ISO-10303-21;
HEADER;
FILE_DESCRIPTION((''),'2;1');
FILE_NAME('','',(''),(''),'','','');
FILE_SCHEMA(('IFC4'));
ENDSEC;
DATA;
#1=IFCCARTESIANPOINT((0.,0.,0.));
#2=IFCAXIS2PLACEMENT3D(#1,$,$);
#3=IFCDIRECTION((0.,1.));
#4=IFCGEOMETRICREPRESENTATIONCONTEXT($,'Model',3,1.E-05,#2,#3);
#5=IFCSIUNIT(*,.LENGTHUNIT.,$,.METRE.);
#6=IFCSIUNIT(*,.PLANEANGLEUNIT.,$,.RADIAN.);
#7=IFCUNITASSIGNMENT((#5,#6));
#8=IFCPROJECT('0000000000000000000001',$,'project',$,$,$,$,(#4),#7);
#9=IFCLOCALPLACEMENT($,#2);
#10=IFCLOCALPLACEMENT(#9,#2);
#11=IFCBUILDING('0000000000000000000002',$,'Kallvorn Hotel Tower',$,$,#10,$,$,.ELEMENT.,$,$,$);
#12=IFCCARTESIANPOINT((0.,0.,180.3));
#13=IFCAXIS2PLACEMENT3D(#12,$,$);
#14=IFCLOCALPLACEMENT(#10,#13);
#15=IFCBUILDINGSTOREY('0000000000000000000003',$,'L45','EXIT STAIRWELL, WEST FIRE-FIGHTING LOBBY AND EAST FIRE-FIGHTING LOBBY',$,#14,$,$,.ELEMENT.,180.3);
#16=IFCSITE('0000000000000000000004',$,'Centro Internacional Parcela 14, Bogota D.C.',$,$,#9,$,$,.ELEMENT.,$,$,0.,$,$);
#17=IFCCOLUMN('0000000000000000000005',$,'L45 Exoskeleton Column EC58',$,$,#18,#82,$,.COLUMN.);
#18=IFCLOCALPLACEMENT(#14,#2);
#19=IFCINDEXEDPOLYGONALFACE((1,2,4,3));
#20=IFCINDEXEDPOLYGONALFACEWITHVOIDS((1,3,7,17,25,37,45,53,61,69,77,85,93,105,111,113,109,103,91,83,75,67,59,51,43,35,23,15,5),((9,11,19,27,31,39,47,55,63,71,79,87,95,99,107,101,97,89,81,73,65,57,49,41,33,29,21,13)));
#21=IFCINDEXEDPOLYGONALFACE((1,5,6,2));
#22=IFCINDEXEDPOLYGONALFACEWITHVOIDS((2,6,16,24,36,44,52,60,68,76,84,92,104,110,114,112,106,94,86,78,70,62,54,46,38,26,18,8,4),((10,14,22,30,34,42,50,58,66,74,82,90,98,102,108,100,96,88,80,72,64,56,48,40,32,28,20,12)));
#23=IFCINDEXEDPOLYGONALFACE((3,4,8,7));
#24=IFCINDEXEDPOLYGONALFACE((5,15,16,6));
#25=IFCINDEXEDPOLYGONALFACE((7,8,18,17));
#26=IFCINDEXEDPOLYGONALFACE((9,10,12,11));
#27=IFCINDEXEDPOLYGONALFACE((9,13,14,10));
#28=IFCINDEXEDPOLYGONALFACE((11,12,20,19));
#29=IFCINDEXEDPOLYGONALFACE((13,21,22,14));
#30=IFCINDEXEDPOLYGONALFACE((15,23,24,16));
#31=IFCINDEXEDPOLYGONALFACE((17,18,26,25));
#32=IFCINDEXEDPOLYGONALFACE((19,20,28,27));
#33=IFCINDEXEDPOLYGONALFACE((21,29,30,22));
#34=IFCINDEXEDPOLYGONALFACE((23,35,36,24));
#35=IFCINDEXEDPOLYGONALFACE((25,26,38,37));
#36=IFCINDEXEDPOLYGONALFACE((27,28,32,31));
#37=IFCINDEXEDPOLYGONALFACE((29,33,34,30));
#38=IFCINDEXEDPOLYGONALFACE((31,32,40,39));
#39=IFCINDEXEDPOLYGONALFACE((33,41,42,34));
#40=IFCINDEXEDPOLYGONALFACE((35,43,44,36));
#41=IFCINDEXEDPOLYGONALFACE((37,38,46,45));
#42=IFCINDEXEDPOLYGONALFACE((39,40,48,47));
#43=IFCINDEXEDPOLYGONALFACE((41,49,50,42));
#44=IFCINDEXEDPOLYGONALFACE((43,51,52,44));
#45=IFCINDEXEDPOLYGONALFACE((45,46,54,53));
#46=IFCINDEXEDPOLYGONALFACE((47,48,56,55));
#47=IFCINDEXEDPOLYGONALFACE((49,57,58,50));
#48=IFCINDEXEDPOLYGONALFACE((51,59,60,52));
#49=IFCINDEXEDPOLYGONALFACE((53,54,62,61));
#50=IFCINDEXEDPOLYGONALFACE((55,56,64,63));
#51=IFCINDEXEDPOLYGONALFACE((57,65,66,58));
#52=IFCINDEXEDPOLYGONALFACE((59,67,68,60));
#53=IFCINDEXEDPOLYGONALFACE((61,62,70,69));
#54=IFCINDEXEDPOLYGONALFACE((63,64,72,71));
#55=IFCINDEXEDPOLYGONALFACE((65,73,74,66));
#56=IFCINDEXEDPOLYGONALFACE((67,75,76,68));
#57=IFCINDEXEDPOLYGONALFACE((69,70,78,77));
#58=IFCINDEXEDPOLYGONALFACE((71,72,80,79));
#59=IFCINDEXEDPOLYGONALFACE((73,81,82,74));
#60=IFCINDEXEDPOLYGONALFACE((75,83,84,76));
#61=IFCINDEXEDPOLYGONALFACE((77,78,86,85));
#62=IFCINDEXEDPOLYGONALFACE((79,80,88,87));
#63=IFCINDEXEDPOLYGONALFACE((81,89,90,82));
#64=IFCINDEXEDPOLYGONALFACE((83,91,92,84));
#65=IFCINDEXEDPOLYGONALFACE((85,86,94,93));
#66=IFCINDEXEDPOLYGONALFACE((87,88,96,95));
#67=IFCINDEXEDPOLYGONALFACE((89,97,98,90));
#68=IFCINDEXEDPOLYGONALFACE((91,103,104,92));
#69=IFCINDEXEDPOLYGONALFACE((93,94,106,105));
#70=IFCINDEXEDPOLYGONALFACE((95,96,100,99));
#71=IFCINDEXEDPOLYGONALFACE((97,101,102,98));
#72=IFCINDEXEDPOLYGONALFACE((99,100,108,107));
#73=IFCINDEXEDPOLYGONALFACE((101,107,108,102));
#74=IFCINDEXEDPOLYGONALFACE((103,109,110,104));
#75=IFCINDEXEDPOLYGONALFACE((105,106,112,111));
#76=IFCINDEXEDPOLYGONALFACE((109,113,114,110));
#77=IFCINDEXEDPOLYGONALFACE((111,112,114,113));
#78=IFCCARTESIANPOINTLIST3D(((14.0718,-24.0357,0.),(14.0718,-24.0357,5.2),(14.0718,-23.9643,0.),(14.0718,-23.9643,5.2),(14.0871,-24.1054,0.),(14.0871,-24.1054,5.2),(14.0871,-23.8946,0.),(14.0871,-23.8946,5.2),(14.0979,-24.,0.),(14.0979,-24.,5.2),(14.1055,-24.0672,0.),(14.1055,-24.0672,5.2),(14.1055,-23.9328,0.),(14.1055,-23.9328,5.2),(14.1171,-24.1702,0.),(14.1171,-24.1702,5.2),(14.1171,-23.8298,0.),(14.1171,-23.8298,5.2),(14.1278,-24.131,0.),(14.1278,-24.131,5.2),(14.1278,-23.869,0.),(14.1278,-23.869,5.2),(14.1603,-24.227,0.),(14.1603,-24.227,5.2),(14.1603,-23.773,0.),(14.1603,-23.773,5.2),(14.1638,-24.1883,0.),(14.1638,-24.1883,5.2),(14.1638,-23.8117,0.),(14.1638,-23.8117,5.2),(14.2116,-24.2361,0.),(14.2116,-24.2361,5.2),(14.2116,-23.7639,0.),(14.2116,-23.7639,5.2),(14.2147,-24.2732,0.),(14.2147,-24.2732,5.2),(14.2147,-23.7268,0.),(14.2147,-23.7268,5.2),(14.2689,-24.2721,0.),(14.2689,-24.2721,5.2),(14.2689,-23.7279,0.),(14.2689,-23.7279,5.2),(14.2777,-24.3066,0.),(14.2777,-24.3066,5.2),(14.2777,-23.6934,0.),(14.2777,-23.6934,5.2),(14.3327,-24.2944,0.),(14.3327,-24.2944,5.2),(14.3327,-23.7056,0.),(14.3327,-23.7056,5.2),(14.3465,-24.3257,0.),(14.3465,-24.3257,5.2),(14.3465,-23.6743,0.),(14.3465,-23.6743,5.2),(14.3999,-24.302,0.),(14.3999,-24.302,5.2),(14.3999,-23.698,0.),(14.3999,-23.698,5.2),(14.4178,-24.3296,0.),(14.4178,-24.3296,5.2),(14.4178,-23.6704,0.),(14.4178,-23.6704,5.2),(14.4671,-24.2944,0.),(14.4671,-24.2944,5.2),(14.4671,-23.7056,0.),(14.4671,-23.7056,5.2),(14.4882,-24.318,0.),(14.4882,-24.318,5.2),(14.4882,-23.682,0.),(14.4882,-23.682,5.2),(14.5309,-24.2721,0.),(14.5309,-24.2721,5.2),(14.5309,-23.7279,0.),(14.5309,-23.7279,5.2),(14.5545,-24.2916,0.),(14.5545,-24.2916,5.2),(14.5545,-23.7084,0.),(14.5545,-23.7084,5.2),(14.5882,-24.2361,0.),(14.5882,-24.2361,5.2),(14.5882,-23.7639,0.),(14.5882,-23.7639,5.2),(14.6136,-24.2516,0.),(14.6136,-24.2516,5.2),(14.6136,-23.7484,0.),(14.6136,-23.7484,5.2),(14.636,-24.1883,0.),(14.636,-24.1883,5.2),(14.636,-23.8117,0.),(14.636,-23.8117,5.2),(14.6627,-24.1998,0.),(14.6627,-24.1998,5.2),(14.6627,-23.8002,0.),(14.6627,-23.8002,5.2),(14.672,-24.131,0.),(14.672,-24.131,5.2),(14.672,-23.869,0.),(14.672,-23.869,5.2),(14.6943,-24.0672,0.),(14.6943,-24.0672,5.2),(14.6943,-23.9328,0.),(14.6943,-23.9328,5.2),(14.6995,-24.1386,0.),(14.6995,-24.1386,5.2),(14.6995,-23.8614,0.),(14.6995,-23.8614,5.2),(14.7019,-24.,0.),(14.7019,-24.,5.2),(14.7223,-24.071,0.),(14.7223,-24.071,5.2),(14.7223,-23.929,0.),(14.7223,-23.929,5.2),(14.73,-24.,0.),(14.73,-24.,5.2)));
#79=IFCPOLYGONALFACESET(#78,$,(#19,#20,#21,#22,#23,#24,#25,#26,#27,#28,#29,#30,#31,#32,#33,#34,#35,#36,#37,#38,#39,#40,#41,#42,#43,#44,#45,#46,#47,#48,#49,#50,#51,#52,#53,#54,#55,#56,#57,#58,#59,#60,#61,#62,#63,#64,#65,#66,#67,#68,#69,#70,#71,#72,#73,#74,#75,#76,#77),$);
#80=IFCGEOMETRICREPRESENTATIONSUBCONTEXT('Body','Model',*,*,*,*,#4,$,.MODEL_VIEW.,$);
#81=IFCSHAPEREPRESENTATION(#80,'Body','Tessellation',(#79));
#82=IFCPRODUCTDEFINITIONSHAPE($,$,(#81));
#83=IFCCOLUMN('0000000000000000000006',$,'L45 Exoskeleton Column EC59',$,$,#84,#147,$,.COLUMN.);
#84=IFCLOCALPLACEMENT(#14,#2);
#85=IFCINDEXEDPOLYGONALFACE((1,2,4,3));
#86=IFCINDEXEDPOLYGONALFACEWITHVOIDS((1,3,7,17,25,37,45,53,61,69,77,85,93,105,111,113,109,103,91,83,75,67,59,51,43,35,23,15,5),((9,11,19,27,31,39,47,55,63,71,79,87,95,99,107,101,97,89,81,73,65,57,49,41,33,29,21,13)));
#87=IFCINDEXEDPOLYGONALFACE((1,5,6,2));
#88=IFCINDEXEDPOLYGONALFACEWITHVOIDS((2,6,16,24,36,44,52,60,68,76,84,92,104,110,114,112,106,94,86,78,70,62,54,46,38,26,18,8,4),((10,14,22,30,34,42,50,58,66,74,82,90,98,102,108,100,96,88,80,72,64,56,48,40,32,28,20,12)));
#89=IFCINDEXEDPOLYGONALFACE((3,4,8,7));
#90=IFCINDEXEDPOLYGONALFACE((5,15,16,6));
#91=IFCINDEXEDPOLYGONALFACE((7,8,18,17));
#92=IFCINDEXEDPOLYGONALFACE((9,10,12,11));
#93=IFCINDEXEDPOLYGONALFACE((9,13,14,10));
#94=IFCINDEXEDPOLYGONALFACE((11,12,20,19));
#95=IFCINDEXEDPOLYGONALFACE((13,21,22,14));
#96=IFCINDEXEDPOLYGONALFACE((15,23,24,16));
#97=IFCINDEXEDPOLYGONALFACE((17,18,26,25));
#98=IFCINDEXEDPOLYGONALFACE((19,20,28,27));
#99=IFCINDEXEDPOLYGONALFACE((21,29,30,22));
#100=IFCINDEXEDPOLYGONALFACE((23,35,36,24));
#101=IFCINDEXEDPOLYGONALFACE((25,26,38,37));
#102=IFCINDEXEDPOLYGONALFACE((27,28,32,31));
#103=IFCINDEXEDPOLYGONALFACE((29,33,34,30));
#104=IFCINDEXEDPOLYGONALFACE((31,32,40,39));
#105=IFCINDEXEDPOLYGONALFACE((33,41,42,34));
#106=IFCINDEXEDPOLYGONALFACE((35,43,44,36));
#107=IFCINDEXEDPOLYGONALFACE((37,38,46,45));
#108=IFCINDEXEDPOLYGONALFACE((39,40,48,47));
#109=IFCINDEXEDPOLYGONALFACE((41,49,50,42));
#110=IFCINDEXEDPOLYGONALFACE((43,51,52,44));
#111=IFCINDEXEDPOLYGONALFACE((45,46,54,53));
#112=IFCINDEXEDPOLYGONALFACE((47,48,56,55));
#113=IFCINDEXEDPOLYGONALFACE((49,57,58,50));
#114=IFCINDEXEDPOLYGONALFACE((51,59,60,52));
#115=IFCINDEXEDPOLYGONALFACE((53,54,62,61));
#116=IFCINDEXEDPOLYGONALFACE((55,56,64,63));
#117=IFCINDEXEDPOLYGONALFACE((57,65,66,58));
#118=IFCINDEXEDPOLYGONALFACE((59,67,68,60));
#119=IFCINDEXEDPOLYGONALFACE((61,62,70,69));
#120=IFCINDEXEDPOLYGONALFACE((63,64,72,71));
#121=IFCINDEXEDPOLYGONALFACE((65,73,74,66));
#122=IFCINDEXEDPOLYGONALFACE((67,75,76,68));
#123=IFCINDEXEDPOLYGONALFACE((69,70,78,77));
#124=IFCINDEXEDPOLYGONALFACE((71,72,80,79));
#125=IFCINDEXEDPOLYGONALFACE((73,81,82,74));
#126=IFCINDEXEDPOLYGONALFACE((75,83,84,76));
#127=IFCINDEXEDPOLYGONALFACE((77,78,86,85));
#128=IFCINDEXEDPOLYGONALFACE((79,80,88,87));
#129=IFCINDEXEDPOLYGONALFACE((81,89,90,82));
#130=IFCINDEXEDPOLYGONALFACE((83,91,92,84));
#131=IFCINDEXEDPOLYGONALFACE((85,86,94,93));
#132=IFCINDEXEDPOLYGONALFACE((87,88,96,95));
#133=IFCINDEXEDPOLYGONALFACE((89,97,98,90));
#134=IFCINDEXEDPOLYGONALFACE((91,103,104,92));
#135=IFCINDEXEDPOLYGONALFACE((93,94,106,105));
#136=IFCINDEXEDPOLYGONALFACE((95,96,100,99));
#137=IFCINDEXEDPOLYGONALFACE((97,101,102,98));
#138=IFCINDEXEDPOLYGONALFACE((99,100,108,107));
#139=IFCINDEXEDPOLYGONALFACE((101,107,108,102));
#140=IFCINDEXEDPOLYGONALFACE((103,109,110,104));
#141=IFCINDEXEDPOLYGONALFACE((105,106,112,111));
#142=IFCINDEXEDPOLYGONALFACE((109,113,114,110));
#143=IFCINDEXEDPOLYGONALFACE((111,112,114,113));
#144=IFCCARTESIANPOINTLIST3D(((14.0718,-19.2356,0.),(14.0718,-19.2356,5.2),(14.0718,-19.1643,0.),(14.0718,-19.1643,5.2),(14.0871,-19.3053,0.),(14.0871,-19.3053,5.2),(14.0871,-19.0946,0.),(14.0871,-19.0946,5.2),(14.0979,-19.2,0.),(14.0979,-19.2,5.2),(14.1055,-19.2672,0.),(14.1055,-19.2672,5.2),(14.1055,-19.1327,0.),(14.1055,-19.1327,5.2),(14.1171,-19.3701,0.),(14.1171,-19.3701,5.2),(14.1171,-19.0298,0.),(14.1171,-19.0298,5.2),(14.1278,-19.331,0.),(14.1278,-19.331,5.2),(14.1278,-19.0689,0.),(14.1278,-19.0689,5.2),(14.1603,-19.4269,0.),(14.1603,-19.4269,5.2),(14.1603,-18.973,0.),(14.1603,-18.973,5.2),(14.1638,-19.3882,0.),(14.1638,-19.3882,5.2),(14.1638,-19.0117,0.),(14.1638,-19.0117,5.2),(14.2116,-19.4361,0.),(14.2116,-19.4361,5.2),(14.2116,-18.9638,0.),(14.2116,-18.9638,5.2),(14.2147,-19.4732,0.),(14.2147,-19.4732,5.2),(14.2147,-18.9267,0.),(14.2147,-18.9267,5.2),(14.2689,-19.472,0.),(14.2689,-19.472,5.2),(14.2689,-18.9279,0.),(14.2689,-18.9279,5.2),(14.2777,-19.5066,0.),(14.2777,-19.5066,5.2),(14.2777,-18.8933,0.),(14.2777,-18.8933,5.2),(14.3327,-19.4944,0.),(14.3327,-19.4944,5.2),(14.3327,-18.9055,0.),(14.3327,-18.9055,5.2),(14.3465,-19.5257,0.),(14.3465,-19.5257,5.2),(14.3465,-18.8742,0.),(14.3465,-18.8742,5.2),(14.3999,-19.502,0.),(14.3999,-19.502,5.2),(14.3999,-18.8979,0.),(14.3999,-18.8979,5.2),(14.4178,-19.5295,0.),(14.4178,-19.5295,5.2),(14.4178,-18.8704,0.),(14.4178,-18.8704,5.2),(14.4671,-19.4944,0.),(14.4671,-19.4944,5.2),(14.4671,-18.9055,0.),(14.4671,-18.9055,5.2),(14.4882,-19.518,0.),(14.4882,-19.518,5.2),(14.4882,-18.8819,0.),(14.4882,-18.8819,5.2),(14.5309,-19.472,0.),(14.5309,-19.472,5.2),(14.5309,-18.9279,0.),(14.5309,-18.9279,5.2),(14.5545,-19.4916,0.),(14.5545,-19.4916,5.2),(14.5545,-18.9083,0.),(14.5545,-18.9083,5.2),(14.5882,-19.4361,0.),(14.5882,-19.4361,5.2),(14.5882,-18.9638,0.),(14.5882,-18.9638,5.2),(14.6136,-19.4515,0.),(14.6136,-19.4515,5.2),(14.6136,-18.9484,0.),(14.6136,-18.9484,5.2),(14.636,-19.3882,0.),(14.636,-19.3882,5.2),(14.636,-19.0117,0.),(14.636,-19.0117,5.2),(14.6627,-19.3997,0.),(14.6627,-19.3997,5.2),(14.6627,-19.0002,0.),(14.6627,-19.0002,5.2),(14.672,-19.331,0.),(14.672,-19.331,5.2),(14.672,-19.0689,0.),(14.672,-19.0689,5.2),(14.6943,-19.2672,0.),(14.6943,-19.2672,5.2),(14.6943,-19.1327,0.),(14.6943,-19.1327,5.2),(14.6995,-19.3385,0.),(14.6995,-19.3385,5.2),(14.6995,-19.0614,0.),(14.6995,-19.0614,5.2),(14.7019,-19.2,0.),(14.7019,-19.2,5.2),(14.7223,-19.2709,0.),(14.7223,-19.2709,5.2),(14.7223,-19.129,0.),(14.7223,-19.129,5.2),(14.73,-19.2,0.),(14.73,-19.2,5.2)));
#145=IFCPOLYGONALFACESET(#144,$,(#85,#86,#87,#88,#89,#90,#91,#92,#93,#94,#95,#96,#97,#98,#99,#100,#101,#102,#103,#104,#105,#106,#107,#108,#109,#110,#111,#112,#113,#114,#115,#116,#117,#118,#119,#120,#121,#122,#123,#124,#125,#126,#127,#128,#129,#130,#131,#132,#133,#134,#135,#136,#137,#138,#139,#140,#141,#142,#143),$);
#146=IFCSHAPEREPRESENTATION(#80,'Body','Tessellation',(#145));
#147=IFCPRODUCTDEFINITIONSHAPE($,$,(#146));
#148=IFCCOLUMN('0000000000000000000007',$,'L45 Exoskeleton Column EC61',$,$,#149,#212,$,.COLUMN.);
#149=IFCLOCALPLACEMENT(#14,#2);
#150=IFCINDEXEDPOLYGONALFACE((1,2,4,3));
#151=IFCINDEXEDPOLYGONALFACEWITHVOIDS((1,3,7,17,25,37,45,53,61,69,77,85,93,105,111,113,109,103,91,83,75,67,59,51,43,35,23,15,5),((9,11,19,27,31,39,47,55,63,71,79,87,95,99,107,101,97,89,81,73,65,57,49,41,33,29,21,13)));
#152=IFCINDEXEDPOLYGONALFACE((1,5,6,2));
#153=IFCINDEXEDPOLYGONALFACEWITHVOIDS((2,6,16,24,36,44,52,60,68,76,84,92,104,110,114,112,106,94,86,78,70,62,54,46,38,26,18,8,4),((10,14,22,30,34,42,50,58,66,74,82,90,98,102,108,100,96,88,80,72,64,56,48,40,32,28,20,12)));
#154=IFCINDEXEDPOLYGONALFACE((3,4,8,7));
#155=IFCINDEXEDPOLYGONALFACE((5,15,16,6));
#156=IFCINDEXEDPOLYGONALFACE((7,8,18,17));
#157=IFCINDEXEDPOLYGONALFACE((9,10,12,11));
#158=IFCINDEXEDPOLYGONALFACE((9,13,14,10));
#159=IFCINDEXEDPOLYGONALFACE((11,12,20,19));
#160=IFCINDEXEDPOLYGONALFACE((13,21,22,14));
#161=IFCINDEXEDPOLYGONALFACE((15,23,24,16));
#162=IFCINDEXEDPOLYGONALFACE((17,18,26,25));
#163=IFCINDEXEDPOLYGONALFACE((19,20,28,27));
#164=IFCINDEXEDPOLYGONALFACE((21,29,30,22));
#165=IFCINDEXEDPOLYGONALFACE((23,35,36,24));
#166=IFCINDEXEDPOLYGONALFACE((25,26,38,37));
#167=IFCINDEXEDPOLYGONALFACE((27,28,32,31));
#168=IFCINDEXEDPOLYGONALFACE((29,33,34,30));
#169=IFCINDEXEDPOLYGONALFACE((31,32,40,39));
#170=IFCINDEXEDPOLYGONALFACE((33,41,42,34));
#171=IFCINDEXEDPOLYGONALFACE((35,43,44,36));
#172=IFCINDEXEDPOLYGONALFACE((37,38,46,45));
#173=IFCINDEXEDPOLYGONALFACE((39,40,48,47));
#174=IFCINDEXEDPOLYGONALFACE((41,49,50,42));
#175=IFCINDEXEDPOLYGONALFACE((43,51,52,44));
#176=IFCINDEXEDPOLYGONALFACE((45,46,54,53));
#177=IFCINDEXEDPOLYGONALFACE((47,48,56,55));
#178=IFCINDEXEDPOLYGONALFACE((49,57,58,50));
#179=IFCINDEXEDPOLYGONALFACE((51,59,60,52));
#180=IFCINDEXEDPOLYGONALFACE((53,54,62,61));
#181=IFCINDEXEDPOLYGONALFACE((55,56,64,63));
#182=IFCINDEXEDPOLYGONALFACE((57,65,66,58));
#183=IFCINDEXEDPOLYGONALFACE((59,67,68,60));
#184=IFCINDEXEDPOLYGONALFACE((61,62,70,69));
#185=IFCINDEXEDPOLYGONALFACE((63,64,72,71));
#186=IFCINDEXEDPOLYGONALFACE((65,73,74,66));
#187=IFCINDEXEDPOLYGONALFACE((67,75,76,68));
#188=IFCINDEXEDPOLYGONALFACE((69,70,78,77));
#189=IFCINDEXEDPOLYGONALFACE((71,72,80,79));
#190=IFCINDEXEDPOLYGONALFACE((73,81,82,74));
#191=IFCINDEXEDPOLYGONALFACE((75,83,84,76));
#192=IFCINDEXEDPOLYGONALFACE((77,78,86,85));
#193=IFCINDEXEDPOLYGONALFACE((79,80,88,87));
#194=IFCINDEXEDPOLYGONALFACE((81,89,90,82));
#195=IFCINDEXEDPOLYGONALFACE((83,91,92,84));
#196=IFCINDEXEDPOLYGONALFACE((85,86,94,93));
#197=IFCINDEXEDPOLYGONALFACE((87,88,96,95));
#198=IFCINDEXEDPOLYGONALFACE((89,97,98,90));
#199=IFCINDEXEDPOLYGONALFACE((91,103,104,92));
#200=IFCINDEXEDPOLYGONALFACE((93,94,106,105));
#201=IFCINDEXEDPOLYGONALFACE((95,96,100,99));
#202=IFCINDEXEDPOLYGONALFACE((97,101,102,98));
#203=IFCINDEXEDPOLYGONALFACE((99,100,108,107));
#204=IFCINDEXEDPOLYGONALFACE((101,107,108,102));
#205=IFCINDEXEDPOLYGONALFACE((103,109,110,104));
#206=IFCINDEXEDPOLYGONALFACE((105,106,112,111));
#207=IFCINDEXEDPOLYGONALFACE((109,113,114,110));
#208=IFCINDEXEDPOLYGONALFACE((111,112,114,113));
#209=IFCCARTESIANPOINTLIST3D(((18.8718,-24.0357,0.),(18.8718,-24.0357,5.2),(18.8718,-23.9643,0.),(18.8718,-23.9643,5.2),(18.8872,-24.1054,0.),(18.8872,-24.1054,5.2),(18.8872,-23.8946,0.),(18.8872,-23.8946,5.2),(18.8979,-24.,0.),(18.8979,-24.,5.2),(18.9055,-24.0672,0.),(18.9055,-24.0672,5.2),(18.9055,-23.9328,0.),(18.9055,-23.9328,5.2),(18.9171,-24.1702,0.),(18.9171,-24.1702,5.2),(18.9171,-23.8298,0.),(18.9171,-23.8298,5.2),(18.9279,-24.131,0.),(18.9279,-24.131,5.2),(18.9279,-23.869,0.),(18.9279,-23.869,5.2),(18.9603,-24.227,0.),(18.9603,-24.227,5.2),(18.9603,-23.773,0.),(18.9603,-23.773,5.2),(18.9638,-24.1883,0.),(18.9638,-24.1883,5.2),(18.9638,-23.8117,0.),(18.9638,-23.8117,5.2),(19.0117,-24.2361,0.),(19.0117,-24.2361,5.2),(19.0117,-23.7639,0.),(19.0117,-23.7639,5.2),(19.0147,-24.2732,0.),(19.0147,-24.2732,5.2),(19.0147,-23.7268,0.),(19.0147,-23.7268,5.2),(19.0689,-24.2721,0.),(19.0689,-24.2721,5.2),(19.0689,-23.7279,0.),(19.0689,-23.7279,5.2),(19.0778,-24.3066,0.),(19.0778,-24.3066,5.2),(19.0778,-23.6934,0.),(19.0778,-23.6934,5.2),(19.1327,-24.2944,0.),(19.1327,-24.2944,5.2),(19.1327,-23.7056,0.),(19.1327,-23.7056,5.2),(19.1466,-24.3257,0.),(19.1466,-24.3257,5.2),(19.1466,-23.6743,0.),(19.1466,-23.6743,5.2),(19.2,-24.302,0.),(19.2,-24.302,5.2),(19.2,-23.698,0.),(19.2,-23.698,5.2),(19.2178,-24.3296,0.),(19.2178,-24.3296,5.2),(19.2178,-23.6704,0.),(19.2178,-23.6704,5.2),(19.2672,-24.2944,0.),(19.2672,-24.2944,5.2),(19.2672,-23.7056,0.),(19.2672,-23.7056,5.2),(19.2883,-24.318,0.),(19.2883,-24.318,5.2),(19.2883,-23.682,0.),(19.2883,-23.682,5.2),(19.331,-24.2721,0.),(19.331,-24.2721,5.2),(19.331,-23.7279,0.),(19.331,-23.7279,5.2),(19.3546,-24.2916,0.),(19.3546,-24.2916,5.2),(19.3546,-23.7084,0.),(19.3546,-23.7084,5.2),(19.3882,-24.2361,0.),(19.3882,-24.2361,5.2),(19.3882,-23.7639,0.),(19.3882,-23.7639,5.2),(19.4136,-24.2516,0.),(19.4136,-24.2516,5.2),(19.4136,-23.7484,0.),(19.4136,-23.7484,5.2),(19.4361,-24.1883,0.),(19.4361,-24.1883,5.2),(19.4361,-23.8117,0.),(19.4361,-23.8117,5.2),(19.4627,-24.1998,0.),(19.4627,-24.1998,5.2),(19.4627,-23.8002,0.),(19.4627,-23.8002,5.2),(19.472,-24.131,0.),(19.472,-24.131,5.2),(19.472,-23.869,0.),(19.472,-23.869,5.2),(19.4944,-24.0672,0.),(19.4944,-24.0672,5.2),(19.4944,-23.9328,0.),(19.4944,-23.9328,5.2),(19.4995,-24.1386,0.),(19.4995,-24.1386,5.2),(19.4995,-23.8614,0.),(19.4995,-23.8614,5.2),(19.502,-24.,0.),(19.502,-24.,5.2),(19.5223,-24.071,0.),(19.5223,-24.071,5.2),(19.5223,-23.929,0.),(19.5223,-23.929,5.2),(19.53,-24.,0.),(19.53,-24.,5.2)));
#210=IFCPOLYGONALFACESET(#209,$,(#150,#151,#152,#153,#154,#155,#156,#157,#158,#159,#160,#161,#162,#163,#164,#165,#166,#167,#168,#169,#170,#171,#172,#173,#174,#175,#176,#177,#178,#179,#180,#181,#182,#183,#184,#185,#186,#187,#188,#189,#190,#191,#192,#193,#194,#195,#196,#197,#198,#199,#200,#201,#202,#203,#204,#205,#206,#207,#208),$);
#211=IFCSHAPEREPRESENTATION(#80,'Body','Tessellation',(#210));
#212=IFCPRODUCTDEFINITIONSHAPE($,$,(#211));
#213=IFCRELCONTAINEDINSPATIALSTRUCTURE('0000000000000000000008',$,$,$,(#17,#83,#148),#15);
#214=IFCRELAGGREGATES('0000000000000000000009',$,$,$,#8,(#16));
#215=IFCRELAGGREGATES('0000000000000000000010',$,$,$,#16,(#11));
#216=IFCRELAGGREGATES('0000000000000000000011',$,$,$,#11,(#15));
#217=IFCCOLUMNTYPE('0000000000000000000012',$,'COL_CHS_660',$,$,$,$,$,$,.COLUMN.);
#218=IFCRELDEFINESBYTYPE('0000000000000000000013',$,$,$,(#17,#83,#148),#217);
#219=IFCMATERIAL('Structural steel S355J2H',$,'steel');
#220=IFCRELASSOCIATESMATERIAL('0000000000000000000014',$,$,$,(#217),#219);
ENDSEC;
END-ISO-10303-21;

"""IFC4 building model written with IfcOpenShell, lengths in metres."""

from ifc_helpers import new_model, si_unit, direction, frame, origin, origin_2d, place, context, subcontext, project, spatial, hollow_circle, extrude, material, material_profile, profile_set, type_object, element, save


model = new_model("IFC4")

# Units and contexts
model_context = context("Model", 3, precision=1e-05, world=origin(), true_north=direction((0.0, 1.0)))
body_context = subcontext(model_context, "Body", "Model", "MODEL_VIEW")
ifc_project = project(units=[si_unit("LENGTHUNIT", "METRE"), si_unit("PLANEANGLEUNIT", "RADIAN")], contexts=[model_context])

# Site, building, storey
site_placement = place(None, origin())
site = spatial("IfcSite", under=ifc_project, at=site_placement, Name="Centro Internacional Parcela 14, Bogota D.C.", CompositionType="ELEMENT", RefElevation=0.0)
building_placement = place(site_placement, origin())
building = spatial("IfcBuilding", under=site, at=building_placement, Name="Kallvorn Hotel Tower", CompositionType="ELEMENT")
storey_placement = place(building_placement, frame((0.0, 0.0, 180.3)))
storey = spatial("IfcBuildingStorey", under=building, at=storey_placement, Name="L45", Description="EXIT STAIRWELL, WEST FIRE-FIGHTING LOBBY AND EAST FIRE-FIGHTING LOBBY", CompositionType="ELEMENT", Elevation=180.3)

# Columns
ifc_material_1 = material(Name="Structural steel S355J2H", Category="steel")
ifc_material_profile_1 = material_profile(ifc_material_1, hollow_circle(Radius=0.3301, WallThickness=0.0281, at=origin_2d()), Name="CHS 660x28")
ifc_profile_set_1 = profile_set([ifc_material_profile_1], Name="Structural steel S355J2H")
column_type = type_object("IfcColumnType", Name="COL_CHS_660", PredefinedType="COLUMN", material=ifc_profile_set_1)
for number, where, z_axis, x_axis, name in (
    (1, (14.3999, -24.0, 0.0), (0.0, 0.0, 1.0), (1.0, 0.0, 0.0), "L45 Exoskeleton Column EC58"),
    (2, (14.3999, -19.2, 0.0), (0.0, 0.0, 1.0), (1.0, 0.0, 0.0), "L45 Exoskeleton Column EC59"),
    (3, (19.2, -24.0, 0.0), (0.0, 0.0, 1.0), (1.0, 0.0, 0.0), "L45 Exoskeleton Column EC61"),
):
    element("IfcColumn", number, at=place(storey_placement, frame(where, z_axis=z_axis, x_axis=x_axis)), inside=storey, type_object=column_type, Name=name, PredefinedType="COLUMN", context=body_context, shape_type="SweptSolid", body=[
        extrude(hollow_circle(Radius=0.3301, WallThickness=0.0281, at=origin_2d()), origin(), (0.0, 0.0, 1.0), 5.2),
    ])

save(model, "model.ifc")
